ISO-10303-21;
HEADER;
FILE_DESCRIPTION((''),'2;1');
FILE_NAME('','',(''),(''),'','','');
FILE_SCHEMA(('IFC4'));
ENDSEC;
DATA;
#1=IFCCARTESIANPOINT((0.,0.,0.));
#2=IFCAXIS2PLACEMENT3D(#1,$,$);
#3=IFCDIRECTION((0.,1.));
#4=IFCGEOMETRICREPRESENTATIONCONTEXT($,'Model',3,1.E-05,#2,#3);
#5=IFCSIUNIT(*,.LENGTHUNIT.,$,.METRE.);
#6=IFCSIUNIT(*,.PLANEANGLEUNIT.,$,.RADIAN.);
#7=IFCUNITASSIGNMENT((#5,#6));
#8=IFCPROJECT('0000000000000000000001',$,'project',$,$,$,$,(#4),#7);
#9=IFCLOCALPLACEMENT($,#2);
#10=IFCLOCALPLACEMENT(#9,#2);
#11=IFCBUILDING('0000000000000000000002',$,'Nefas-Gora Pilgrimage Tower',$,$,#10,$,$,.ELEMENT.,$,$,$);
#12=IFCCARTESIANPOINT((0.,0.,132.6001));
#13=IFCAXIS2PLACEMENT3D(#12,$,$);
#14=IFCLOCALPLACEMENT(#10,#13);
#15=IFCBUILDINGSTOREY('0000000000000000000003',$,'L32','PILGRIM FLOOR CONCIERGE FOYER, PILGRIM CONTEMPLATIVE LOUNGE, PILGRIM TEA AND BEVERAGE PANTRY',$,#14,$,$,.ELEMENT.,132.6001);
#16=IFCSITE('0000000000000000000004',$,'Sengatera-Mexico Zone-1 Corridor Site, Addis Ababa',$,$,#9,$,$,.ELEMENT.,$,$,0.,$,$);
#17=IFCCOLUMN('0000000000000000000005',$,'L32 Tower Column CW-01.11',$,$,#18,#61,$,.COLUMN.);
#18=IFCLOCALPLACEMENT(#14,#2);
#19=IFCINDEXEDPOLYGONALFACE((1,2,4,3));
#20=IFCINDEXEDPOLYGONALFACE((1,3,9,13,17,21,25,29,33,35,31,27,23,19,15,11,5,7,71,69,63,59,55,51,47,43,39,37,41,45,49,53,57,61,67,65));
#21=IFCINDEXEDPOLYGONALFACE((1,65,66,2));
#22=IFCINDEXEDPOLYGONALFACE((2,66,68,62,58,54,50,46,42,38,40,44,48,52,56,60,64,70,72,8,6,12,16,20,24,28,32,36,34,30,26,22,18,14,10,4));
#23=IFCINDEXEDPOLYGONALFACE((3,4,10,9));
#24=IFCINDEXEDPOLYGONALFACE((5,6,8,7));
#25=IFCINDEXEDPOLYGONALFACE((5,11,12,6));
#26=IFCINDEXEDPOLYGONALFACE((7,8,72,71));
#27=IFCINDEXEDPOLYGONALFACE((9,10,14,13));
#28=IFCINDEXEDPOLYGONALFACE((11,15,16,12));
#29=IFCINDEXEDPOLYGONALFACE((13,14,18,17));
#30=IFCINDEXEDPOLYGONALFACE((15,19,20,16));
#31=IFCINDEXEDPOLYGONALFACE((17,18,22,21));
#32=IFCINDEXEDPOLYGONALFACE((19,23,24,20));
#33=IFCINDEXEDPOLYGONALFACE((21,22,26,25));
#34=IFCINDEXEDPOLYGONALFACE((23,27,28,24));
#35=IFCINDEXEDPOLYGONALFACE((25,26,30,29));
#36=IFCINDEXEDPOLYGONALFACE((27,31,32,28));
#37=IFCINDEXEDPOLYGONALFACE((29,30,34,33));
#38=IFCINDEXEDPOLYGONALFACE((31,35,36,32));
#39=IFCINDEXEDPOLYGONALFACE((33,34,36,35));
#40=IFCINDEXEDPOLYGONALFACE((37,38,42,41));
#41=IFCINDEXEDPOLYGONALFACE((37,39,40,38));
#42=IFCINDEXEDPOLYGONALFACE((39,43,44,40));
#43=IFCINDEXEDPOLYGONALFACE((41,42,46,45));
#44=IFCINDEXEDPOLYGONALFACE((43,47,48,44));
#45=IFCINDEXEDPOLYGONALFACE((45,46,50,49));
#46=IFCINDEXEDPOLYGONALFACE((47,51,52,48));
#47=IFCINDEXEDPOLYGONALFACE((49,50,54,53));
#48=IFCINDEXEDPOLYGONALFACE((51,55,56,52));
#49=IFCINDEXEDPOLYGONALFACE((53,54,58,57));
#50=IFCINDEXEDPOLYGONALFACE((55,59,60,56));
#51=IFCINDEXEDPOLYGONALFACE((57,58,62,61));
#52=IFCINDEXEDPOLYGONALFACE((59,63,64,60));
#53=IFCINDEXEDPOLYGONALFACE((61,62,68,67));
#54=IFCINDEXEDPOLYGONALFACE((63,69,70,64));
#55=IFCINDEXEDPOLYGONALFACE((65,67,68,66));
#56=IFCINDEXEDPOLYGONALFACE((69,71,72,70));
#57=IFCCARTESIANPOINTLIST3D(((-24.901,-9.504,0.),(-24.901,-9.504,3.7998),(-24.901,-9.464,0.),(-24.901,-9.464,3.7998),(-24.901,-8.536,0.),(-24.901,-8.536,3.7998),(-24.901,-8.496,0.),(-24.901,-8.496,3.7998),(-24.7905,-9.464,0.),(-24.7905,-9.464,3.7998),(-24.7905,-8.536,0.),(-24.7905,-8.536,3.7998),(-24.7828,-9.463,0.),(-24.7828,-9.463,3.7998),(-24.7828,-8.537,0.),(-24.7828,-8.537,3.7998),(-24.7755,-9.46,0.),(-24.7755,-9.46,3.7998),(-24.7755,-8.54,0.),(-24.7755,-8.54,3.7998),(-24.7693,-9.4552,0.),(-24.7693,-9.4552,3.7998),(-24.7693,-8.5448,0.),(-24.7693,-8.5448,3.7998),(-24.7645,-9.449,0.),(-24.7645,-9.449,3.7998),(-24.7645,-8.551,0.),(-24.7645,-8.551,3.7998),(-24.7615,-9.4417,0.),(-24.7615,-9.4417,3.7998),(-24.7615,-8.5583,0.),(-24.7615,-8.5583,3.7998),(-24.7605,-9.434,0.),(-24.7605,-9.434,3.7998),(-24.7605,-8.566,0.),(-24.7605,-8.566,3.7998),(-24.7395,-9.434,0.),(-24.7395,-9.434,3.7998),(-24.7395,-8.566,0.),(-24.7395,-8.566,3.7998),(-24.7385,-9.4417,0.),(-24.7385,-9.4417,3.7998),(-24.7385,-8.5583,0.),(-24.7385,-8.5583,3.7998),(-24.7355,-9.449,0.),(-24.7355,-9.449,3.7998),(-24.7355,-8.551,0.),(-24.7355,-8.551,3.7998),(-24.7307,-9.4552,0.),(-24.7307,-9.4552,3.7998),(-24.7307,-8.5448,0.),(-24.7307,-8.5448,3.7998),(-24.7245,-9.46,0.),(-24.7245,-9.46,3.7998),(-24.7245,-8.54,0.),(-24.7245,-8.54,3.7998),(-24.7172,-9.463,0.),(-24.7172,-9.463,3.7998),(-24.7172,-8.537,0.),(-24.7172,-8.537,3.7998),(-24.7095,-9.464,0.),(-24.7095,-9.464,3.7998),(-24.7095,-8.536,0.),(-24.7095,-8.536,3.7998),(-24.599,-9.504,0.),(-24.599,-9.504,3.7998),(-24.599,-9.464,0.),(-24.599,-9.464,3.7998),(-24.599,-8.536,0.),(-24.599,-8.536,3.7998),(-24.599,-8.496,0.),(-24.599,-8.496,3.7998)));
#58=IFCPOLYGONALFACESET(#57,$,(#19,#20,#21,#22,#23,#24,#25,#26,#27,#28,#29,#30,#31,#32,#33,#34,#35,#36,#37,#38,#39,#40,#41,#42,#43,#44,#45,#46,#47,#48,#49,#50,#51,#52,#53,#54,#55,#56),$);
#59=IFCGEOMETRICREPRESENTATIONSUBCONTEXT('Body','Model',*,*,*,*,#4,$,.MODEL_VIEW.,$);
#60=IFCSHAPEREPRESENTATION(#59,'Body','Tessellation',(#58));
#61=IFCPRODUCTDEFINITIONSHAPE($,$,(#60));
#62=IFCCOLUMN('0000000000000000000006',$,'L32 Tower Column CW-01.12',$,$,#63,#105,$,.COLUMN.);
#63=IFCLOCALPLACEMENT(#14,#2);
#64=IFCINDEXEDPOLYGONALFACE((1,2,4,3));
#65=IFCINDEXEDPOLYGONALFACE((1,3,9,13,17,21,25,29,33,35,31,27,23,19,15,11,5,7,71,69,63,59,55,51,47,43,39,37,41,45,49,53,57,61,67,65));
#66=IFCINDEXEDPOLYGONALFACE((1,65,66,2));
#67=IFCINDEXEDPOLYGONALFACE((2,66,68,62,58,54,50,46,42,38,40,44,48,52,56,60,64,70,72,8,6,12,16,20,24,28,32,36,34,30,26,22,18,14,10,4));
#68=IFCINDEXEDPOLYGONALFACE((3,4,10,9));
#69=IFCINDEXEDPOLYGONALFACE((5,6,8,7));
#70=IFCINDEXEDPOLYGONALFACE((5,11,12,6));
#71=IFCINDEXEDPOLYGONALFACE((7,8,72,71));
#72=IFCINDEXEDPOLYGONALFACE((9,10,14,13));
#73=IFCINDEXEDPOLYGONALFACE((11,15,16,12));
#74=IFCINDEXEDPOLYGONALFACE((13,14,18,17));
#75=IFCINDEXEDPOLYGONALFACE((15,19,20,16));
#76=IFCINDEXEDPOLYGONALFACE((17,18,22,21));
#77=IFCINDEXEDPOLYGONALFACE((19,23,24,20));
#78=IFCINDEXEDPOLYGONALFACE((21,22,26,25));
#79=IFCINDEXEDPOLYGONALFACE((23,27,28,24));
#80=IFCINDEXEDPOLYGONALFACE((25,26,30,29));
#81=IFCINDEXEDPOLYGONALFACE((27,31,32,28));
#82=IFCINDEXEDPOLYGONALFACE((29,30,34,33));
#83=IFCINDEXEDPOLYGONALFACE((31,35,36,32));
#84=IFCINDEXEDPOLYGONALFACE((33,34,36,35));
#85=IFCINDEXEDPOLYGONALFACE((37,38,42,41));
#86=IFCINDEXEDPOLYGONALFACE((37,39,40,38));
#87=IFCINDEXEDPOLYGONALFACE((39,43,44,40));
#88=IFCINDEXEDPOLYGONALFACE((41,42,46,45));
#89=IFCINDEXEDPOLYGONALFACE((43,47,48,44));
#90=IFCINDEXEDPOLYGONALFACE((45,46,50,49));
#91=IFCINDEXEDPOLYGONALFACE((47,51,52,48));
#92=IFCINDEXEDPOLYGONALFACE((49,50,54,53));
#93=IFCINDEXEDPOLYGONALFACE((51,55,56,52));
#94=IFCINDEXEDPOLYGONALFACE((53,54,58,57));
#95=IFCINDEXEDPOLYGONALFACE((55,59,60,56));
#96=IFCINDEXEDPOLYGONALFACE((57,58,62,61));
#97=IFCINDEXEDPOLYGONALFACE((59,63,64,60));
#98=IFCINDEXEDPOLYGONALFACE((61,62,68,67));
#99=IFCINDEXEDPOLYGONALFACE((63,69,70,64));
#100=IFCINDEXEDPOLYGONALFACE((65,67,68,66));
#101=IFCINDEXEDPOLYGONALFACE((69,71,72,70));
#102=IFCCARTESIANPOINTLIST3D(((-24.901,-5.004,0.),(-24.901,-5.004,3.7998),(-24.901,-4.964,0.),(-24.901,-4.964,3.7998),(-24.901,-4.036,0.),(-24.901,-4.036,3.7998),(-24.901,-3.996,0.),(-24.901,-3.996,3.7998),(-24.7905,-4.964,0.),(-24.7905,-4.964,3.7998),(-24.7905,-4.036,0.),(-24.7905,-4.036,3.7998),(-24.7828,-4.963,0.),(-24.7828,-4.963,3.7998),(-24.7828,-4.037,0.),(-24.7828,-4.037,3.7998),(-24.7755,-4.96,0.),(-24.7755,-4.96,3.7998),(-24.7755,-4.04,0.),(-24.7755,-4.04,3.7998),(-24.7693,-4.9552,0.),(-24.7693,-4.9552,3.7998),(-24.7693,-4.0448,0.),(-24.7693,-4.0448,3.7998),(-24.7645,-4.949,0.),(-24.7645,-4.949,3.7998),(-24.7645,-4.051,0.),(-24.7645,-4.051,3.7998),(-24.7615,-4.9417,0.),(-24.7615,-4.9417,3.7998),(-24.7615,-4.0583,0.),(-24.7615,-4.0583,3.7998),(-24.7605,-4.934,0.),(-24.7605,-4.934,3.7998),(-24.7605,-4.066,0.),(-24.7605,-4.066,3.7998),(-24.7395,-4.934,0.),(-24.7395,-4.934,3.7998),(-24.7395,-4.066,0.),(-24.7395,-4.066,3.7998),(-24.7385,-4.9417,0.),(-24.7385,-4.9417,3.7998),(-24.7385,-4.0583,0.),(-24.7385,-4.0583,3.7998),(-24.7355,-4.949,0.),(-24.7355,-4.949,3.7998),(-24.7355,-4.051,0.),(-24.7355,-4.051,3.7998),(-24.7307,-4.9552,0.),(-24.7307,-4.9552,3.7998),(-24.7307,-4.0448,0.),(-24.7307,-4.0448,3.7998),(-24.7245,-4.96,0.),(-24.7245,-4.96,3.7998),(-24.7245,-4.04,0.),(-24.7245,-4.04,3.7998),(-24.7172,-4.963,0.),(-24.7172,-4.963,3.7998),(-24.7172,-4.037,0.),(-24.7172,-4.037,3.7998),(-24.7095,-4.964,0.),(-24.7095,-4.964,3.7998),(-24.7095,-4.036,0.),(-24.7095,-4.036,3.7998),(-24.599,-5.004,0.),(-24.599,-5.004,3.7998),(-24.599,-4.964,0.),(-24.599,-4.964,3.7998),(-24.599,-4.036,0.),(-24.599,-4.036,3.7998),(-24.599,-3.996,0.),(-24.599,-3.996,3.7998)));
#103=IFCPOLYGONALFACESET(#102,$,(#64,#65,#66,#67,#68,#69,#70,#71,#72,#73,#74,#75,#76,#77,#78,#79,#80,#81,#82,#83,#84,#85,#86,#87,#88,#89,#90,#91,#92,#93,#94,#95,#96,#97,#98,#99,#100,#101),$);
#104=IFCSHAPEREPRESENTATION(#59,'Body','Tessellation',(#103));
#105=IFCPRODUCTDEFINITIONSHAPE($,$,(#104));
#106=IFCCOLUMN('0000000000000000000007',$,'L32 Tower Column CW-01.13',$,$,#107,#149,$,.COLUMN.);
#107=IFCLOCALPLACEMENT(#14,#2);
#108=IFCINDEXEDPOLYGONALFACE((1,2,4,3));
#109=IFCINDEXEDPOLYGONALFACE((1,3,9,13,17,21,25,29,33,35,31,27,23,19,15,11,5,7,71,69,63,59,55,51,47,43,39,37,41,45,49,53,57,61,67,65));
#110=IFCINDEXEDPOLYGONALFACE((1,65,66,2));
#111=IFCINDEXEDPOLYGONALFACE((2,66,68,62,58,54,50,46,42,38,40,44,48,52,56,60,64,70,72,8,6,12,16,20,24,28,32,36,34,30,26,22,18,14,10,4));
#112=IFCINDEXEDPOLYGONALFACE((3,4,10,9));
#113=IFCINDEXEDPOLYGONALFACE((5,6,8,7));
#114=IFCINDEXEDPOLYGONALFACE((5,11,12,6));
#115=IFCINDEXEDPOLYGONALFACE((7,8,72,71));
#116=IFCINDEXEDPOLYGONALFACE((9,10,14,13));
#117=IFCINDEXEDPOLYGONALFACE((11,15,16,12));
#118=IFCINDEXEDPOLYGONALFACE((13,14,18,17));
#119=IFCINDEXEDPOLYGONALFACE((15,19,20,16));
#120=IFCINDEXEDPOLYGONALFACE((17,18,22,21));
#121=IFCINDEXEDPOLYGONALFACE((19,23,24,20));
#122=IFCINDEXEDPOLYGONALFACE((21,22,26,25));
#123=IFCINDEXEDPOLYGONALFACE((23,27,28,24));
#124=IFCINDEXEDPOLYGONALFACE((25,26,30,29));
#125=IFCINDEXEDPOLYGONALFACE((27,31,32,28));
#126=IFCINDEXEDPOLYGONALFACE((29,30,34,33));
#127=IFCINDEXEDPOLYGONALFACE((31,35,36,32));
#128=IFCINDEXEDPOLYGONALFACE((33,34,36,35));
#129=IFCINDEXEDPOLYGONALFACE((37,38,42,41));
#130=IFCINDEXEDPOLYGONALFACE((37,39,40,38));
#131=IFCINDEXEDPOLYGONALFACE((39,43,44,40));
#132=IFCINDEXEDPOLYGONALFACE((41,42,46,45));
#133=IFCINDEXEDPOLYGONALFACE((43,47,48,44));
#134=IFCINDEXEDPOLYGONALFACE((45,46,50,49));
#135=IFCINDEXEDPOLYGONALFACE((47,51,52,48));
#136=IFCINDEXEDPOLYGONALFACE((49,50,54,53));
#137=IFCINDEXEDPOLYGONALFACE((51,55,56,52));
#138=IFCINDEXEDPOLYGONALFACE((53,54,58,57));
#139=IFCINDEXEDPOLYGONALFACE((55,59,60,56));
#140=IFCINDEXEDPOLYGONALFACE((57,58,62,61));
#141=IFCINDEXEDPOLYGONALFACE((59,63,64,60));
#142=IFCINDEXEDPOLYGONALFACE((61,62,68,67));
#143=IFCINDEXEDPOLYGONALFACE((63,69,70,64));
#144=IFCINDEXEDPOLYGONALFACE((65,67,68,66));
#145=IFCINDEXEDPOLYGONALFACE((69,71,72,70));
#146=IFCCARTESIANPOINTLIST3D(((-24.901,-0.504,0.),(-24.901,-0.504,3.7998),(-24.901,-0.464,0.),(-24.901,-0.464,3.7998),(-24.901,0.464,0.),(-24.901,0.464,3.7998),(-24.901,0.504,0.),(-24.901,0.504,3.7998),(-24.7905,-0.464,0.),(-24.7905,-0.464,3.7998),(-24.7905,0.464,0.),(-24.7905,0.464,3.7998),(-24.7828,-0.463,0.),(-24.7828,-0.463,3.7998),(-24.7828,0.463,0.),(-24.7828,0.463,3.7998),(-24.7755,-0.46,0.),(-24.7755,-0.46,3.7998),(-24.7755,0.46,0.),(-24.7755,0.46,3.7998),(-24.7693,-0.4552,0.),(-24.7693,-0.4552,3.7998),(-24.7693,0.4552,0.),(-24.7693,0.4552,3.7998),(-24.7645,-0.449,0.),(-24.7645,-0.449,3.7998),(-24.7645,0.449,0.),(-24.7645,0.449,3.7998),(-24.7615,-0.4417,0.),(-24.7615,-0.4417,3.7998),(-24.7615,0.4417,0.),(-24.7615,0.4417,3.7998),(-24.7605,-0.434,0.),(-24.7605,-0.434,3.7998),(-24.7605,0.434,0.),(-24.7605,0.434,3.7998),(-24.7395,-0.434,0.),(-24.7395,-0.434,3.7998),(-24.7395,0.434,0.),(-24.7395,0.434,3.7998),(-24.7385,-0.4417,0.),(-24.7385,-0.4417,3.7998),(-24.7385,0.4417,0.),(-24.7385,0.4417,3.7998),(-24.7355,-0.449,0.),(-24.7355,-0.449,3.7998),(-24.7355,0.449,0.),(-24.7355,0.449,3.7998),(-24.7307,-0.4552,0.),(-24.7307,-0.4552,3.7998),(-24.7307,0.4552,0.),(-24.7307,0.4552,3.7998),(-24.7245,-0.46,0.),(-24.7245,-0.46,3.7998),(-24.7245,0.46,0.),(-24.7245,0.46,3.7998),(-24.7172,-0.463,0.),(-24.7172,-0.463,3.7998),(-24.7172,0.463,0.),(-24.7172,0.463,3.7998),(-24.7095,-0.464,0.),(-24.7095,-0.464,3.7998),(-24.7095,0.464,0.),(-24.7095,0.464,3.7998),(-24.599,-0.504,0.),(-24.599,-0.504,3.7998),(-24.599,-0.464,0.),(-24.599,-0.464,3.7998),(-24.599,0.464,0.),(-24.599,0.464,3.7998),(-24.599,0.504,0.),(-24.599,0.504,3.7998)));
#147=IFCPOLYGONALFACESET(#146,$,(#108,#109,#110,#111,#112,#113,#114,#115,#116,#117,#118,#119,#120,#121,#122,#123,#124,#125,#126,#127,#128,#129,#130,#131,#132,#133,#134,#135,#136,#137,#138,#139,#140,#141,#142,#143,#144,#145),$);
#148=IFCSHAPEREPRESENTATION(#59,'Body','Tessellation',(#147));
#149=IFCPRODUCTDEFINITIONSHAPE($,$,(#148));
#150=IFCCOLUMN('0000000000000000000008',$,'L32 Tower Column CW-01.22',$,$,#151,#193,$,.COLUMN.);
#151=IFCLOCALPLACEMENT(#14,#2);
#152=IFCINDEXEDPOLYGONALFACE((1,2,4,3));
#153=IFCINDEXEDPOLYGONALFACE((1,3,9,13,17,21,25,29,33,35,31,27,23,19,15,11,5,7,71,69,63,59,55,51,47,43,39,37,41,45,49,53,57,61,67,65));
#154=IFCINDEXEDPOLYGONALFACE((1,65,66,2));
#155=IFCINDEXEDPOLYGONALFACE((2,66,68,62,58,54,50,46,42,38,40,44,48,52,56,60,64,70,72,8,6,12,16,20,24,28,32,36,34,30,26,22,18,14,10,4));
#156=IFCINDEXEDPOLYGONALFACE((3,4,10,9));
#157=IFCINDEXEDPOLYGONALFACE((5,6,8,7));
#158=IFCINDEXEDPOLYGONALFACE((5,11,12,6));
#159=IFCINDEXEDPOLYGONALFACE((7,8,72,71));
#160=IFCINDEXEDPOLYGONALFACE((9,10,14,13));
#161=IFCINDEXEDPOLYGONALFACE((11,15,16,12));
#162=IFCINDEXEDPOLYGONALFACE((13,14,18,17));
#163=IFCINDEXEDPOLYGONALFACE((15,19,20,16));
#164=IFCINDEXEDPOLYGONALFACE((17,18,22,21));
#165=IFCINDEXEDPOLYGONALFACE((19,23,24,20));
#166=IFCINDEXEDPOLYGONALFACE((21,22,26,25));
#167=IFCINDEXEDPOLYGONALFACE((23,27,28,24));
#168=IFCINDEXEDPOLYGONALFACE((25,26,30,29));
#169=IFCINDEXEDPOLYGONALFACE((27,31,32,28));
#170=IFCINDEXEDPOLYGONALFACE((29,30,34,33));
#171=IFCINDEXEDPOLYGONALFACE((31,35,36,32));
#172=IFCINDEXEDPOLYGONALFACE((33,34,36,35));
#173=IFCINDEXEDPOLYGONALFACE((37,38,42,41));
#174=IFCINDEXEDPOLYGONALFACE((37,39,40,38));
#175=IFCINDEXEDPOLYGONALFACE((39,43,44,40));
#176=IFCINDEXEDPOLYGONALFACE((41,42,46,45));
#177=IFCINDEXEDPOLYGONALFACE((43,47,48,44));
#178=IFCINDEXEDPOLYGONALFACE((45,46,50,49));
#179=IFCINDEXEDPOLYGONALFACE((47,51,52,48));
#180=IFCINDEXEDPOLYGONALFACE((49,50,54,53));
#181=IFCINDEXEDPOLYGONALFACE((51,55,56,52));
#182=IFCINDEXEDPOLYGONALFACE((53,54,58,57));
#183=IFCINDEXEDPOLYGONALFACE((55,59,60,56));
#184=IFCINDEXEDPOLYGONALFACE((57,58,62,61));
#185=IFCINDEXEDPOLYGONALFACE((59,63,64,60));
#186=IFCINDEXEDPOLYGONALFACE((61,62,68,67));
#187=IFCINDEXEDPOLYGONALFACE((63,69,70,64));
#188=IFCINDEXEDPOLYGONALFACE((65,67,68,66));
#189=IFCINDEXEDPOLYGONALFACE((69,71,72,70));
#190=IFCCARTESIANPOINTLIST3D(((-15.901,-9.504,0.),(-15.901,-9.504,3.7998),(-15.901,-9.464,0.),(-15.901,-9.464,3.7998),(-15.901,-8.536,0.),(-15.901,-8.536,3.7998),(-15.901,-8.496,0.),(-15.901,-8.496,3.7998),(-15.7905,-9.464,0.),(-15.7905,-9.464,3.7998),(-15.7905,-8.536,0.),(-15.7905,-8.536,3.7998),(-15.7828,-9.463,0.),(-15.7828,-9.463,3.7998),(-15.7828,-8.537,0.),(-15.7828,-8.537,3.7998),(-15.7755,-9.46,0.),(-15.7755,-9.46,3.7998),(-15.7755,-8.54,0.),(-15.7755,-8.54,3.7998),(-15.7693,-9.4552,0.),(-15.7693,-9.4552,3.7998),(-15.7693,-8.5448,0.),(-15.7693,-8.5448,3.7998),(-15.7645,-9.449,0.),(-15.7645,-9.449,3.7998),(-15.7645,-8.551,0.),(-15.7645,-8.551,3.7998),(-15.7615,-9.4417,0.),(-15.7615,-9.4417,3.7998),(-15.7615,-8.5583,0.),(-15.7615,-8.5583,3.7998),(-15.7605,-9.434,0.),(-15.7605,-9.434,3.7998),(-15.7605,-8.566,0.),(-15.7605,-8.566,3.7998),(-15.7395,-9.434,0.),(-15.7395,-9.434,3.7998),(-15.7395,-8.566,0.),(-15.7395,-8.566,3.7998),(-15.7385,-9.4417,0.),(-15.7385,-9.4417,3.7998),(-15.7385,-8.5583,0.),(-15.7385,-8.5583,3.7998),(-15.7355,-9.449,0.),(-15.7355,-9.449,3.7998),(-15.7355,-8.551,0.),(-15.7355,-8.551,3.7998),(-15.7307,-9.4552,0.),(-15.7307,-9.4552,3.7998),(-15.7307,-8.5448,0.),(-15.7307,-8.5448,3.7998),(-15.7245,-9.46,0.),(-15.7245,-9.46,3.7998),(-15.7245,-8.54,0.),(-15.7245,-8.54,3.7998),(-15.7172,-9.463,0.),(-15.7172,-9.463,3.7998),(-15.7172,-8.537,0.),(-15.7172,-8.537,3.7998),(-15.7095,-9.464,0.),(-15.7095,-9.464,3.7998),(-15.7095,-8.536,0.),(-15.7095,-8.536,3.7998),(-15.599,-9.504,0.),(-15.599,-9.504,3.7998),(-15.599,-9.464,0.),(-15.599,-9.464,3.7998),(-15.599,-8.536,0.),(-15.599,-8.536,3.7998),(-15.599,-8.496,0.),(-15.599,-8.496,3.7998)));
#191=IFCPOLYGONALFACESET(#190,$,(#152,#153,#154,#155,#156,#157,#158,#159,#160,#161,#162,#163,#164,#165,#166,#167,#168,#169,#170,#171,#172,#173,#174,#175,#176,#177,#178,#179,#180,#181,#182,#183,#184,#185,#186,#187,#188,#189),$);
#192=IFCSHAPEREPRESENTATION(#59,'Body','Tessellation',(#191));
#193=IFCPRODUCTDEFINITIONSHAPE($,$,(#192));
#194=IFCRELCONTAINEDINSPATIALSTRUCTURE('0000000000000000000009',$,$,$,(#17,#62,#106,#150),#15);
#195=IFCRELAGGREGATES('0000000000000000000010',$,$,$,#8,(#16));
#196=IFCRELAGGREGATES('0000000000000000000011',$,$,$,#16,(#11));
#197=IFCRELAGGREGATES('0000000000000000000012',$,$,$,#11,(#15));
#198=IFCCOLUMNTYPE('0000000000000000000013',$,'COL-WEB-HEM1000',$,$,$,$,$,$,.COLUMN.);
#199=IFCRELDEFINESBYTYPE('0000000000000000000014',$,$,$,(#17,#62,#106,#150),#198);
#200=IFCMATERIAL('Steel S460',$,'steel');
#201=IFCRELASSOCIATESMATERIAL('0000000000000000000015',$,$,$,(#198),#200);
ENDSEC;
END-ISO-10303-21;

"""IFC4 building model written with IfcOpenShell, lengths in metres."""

from ifc_helpers import new_model, si_unit, direction, frame, origin, origin_2d, place, context, subcontext, project, spatial, i_section, extrude, source, transform, mapped, material, material_profile, profile_set, type_object, element, save


model = new_model("IFC4")

# Units and contexts
model_context = context("Model", 3, precision=1e-05, world=origin(), true_north=direction((0.0, 1.0)))
body_context = subcontext(model_context, "Body", "Model", "MODEL_VIEW")
ifc_project = project(units=[si_unit("LENGTHUNIT", "METRE"), si_unit("PLANEANGLEUNIT", "RADIAN")], contexts=[model_context])

# Site, building, storey
site_placement = place(None, origin())
site = spatial("IfcSite", under=ifc_project, at=site_placement, Name="Sengatera-Mexico Zone-1 Corridor Site, Addis Ababa", CompositionType="ELEMENT", RefElevation=0.0)
building_placement = place(site_placement, origin())
building = spatial("IfcBuilding", under=site, at=building_placement, Name="Nefas-Gora Pilgrimage Tower", CompositionType="ELEMENT")
storey_placement = place(building_placement, frame((0.0, 0.0, 132.6001)))
storey = spatial("IfcBuildingStorey", under=building, at=storey_placement, Name="L32", Description="PILGRIM FLOOR CONCIERGE FOYER, PILGRIM CONTEMPLATIVE LOUNGE, PILGRIM TEA AND BEVERAGE PANTRY", CompositionType="ELEMENT", Elevation=132.6001)

# Columns
ifc_material_1 = material(Name="Steel S460", Category="steel")
ifc_material_profile_1 = material_profile(ifc_material_1, i_section(OverallWidth=0.302, OverallDepth=1.0081, WebThickness=0.021, FlangeThickness=0.04, FilletRadius=0.03, at=origin_2d()), Name="HEM 1000")
ifc_profile_set_1 = profile_set([ifc_material_profile_1], Name="Steel S460")
column_type_1 = type_object("IfcColumnType", Name="COL-WEB-HEM1000", PredefinedType="COLUMN", material=ifc_profile_set_1)
shared_shape_1 = source(origin(), body_context, "Body", "SweptSolid", [
    extrude(i_section(OverallWidth=0.302, OverallDepth=1.0081, WebThickness=0.021, FlangeThickness=0.04, FilletRadius=0.03, at=origin_2d()), origin(), (0.0, 0.0, 1.0), 3.7998),
])
for number, where, z_axis, x_axis, name in (
    (1, (-24.75, -9.0, 0.0), (0.0, 0.0, 1.0), (1.0, 0.0, 0.0), "L32 Tower Column CW-01.11"),
    (2, (-24.75, -4.5, 0.0), (0.0, 0.0, 1.0), (1.0, 0.0, 0.0), "L32 Tower Column CW-01.12"),
    (3, (-24.75, 0.0, 0.0), (0.0, 0.0, 1.0), (1.0, 0.0, 0.0), "L32 Tower Column CW-01.13"),
    (4, (-15.75, -9.0, 0.0), (0.0, 0.0, 1.0), (1.0, 0.0, 0.0), "L32 Tower Column CW-01.22"),
):
    element("IfcColumn", number, at=place(storey_placement, frame(where, z_axis=z_axis, x_axis=x_axis)), inside=storey, type_object=column_type_1, Name=name, PredefinedType="COLUMN", context=body_context, shape_type="MappedRepresentation", body=[
        mapped(shared_shape_1, transform((0.0, 0.0, 0.0), x_axis=(1.0, 0.0, 0.0), y_axis=(0.0, 1.0, 0.0), z_axis=(0.0, 0.0, 1.0), scale=1.0)),
    ])

save(model, "model.ifc")
